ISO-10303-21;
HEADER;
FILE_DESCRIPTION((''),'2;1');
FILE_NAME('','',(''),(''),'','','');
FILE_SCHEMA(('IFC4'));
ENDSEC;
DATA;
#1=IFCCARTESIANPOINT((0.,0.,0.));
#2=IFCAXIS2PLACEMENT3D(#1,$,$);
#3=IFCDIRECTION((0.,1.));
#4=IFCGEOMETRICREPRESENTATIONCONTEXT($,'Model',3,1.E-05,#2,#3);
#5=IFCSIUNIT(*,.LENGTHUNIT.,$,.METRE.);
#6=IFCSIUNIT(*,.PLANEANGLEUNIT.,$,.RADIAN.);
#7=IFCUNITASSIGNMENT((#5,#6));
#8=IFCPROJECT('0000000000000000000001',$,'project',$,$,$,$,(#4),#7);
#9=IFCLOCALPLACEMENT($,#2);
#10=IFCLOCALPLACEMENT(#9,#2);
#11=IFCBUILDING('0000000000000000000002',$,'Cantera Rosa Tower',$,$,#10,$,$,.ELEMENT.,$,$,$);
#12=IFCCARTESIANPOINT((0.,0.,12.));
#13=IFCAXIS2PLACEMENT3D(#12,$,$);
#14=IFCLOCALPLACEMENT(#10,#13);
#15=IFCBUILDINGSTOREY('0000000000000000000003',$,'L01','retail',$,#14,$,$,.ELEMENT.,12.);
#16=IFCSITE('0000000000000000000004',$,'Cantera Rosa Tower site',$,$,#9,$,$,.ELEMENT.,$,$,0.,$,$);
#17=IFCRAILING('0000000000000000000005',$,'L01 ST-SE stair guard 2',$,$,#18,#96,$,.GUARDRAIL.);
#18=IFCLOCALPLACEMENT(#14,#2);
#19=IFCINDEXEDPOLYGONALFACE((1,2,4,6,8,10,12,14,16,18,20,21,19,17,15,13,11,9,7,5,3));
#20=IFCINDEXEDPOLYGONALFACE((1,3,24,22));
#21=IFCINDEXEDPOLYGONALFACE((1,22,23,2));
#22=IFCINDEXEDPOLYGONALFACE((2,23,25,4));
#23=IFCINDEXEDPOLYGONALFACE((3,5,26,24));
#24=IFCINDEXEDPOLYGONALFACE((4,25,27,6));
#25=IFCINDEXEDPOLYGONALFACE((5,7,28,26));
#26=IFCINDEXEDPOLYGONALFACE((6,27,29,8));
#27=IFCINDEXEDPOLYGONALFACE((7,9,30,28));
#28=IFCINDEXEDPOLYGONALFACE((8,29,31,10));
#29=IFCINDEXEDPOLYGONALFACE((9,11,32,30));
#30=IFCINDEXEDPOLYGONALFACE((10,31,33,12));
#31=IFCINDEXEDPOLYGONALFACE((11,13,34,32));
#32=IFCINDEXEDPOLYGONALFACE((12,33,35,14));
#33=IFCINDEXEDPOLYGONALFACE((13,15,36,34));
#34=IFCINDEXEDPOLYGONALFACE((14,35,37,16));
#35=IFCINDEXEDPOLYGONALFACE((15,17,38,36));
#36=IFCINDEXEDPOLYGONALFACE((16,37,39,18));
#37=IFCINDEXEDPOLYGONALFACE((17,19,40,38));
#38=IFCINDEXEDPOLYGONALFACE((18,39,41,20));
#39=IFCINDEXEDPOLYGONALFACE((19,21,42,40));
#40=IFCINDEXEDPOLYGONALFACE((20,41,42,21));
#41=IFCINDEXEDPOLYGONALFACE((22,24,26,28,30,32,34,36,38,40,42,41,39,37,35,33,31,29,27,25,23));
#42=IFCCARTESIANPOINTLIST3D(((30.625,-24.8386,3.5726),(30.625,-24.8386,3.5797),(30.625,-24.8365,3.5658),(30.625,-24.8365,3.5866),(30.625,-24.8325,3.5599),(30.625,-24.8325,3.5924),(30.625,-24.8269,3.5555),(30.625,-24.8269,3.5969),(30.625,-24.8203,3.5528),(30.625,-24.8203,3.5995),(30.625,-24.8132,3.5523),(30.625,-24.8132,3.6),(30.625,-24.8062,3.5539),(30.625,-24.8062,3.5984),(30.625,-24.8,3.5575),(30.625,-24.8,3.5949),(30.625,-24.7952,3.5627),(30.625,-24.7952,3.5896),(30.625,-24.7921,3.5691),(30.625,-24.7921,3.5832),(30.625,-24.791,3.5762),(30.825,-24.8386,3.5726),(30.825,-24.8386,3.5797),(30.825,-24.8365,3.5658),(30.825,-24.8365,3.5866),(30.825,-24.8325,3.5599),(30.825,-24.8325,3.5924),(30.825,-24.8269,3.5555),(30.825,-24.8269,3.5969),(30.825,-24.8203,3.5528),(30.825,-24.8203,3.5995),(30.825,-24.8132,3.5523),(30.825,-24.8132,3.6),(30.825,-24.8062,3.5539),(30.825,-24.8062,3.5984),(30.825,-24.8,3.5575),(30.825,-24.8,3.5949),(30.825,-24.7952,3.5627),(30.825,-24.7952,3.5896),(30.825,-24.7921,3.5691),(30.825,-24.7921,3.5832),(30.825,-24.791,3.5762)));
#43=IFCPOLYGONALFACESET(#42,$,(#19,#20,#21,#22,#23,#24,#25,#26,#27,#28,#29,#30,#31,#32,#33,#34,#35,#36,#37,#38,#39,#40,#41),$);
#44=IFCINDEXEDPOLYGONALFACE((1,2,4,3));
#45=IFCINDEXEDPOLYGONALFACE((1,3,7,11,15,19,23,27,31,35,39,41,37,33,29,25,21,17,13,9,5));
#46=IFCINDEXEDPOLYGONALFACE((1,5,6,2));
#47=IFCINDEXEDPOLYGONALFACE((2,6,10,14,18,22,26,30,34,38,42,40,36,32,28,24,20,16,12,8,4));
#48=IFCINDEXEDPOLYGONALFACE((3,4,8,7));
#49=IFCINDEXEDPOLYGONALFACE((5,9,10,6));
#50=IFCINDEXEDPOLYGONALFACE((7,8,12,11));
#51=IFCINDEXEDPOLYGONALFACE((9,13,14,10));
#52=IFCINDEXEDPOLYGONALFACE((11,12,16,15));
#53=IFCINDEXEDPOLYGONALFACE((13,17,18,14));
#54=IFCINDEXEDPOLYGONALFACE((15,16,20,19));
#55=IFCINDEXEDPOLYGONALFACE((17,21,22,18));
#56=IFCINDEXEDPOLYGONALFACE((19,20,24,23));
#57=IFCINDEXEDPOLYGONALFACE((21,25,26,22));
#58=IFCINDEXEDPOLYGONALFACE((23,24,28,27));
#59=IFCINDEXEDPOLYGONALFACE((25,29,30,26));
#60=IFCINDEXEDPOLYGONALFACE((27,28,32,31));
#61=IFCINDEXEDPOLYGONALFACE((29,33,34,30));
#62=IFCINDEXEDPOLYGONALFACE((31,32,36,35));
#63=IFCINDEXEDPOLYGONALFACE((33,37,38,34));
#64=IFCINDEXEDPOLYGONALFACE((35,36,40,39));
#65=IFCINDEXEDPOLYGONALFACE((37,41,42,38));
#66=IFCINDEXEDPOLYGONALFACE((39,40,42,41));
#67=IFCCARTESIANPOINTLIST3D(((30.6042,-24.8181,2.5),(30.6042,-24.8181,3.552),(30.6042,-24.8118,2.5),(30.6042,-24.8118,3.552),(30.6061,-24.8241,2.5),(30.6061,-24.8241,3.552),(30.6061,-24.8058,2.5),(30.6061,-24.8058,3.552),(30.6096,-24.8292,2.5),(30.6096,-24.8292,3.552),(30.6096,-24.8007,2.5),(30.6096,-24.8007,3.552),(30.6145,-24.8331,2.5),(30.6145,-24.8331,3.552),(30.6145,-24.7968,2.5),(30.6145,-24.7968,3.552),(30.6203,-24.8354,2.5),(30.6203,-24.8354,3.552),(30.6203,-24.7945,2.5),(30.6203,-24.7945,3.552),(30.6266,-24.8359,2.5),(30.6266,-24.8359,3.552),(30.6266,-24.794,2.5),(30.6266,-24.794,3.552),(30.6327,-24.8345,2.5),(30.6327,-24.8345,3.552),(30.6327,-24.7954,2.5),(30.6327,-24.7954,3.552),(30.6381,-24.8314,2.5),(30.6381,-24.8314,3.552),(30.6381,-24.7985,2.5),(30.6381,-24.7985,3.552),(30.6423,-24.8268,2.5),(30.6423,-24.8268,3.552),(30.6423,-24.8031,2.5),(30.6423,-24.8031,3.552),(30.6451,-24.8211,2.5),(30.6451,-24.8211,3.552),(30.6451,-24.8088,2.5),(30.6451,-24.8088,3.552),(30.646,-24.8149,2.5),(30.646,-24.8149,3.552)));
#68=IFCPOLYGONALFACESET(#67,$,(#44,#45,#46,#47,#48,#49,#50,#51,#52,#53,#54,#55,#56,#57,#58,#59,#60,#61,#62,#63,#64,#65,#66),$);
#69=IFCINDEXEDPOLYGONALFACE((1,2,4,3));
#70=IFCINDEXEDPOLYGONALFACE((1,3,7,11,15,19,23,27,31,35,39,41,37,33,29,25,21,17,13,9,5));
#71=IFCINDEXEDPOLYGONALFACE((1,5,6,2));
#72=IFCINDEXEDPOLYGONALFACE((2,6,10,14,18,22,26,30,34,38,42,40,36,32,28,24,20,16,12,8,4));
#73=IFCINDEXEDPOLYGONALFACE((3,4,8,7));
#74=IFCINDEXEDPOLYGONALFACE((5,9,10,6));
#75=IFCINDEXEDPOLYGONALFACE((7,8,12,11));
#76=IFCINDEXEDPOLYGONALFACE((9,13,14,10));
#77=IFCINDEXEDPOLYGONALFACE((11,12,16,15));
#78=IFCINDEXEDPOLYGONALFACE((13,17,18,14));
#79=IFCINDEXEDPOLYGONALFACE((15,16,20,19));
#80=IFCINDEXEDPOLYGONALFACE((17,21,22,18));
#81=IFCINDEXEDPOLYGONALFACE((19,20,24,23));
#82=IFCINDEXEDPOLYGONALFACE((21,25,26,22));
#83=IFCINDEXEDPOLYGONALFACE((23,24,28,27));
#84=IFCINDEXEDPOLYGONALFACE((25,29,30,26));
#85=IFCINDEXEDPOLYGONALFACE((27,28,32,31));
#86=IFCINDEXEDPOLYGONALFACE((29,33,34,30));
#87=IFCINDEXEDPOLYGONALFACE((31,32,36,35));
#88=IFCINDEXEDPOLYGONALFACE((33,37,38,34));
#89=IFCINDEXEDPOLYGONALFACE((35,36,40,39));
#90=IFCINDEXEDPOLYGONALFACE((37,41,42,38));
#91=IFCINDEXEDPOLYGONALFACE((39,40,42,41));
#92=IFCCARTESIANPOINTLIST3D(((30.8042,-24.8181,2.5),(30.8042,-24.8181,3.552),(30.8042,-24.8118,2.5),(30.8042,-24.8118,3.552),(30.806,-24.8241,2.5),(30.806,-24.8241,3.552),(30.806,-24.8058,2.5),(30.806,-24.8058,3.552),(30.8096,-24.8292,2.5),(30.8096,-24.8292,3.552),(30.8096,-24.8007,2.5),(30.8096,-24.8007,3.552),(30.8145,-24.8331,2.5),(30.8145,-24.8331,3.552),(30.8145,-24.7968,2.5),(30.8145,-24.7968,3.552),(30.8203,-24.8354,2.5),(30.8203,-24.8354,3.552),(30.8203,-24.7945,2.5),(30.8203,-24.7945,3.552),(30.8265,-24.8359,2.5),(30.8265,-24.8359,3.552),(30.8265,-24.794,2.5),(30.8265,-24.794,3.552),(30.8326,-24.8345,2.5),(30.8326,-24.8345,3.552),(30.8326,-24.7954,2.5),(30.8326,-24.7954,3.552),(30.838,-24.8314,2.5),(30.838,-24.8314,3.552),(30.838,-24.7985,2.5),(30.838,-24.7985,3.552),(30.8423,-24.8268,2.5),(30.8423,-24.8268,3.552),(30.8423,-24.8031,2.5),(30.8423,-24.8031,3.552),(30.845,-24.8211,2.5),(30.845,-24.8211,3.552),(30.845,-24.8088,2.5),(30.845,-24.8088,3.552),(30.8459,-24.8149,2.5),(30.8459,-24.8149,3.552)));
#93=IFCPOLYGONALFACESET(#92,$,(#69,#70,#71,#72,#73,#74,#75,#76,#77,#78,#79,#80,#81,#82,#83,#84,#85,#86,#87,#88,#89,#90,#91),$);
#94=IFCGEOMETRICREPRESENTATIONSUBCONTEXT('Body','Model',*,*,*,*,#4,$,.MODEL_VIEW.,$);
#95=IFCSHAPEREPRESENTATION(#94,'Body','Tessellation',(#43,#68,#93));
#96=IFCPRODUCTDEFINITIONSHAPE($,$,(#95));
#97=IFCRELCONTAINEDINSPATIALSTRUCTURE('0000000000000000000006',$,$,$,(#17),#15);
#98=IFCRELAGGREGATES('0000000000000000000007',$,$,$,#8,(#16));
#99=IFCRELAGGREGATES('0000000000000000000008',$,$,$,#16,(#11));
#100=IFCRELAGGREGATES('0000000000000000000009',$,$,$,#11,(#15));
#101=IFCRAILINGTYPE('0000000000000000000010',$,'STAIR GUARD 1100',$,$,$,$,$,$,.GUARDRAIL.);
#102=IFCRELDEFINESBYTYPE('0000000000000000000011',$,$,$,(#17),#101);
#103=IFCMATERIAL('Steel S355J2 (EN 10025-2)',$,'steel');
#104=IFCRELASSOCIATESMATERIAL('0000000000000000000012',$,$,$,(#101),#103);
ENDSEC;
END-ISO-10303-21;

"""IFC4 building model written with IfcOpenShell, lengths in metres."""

from ifc_helpers import new_model, si_unit, direction, frame, origin, origin_2d, place, context, subcontext, project, spatial, circle, extrude, material, type_object, element, save


model = new_model("IFC4")

# Units and contexts
model_context = context("Model", 3, precision=1e-05, world=origin(), true_north=direction((0.0, 1.0)))
body_context = subcontext(model_context, "Body", "Model", "MODEL_VIEW")
ifc_project = project(units=[si_unit("LENGTHUNIT", "METRE"), si_unit("PLANEANGLEUNIT", "RADIAN")], contexts=[model_context])

# Site, building, storey
site_placement = place(None, origin())
site = spatial("IfcSite", under=ifc_project, at=site_placement, Name="Cantera Rosa Tower site", CompositionType="ELEMENT", RefElevation=0.0)
building_placement = place(site_placement, origin())
building = spatial("IfcBuilding", under=site, at=building_placement, Name="Cantera Rosa Tower", CompositionType="ELEMENT")
storey_placement = place(building_placement, frame((0.0, 0.0, 12.0)))
storey = spatial("IfcBuildingStorey", under=building, at=storey_placement, Name="L01", Description="retail", CompositionType="ELEMENT", Elevation=12.0)

# Railing
ifc_material_1 = material(Name="Steel S355J2 (EN 10025-2)", Category="steel")
railing_type_1 = type_object("IfcRailingType", Name="STAIR GUARD 1100", PredefinedType="GUARDRAIL", material=ifc_material_1)
railing_1_placement = place(storey_placement, frame((30.625, -24.8149, 2.5)))
element("IfcRailing", 1, at=railing_1_placement, inside=storey, type_object=railing_type_1, Name="L01 ST-SE stair guard 2", PredefinedType="GUARDRAIL", context=body_context, shape_type="SweptSolid", body=[
    extrude(circle(Radius=0.0239, at=origin_2d()), frame((0.0, 0.0, 1.0762), z_axis=(1.0, 0.0, 0.0), x_axis=(0.0, 1.0, 0.0)), (0.0, 0.0, 1.0), 0.2),
    extrude(circle(Radius=0.021, at=origin_2d()), origin(), (0.0, 0.0, 1.0), 1.052),
    extrude(circle(Radius=0.021, at=origin_2d()), frame((0.2, 0.0, 0.0)), (0.0, 0.0, 1.0), 1.052),
])

save(model, "model.ifc")
